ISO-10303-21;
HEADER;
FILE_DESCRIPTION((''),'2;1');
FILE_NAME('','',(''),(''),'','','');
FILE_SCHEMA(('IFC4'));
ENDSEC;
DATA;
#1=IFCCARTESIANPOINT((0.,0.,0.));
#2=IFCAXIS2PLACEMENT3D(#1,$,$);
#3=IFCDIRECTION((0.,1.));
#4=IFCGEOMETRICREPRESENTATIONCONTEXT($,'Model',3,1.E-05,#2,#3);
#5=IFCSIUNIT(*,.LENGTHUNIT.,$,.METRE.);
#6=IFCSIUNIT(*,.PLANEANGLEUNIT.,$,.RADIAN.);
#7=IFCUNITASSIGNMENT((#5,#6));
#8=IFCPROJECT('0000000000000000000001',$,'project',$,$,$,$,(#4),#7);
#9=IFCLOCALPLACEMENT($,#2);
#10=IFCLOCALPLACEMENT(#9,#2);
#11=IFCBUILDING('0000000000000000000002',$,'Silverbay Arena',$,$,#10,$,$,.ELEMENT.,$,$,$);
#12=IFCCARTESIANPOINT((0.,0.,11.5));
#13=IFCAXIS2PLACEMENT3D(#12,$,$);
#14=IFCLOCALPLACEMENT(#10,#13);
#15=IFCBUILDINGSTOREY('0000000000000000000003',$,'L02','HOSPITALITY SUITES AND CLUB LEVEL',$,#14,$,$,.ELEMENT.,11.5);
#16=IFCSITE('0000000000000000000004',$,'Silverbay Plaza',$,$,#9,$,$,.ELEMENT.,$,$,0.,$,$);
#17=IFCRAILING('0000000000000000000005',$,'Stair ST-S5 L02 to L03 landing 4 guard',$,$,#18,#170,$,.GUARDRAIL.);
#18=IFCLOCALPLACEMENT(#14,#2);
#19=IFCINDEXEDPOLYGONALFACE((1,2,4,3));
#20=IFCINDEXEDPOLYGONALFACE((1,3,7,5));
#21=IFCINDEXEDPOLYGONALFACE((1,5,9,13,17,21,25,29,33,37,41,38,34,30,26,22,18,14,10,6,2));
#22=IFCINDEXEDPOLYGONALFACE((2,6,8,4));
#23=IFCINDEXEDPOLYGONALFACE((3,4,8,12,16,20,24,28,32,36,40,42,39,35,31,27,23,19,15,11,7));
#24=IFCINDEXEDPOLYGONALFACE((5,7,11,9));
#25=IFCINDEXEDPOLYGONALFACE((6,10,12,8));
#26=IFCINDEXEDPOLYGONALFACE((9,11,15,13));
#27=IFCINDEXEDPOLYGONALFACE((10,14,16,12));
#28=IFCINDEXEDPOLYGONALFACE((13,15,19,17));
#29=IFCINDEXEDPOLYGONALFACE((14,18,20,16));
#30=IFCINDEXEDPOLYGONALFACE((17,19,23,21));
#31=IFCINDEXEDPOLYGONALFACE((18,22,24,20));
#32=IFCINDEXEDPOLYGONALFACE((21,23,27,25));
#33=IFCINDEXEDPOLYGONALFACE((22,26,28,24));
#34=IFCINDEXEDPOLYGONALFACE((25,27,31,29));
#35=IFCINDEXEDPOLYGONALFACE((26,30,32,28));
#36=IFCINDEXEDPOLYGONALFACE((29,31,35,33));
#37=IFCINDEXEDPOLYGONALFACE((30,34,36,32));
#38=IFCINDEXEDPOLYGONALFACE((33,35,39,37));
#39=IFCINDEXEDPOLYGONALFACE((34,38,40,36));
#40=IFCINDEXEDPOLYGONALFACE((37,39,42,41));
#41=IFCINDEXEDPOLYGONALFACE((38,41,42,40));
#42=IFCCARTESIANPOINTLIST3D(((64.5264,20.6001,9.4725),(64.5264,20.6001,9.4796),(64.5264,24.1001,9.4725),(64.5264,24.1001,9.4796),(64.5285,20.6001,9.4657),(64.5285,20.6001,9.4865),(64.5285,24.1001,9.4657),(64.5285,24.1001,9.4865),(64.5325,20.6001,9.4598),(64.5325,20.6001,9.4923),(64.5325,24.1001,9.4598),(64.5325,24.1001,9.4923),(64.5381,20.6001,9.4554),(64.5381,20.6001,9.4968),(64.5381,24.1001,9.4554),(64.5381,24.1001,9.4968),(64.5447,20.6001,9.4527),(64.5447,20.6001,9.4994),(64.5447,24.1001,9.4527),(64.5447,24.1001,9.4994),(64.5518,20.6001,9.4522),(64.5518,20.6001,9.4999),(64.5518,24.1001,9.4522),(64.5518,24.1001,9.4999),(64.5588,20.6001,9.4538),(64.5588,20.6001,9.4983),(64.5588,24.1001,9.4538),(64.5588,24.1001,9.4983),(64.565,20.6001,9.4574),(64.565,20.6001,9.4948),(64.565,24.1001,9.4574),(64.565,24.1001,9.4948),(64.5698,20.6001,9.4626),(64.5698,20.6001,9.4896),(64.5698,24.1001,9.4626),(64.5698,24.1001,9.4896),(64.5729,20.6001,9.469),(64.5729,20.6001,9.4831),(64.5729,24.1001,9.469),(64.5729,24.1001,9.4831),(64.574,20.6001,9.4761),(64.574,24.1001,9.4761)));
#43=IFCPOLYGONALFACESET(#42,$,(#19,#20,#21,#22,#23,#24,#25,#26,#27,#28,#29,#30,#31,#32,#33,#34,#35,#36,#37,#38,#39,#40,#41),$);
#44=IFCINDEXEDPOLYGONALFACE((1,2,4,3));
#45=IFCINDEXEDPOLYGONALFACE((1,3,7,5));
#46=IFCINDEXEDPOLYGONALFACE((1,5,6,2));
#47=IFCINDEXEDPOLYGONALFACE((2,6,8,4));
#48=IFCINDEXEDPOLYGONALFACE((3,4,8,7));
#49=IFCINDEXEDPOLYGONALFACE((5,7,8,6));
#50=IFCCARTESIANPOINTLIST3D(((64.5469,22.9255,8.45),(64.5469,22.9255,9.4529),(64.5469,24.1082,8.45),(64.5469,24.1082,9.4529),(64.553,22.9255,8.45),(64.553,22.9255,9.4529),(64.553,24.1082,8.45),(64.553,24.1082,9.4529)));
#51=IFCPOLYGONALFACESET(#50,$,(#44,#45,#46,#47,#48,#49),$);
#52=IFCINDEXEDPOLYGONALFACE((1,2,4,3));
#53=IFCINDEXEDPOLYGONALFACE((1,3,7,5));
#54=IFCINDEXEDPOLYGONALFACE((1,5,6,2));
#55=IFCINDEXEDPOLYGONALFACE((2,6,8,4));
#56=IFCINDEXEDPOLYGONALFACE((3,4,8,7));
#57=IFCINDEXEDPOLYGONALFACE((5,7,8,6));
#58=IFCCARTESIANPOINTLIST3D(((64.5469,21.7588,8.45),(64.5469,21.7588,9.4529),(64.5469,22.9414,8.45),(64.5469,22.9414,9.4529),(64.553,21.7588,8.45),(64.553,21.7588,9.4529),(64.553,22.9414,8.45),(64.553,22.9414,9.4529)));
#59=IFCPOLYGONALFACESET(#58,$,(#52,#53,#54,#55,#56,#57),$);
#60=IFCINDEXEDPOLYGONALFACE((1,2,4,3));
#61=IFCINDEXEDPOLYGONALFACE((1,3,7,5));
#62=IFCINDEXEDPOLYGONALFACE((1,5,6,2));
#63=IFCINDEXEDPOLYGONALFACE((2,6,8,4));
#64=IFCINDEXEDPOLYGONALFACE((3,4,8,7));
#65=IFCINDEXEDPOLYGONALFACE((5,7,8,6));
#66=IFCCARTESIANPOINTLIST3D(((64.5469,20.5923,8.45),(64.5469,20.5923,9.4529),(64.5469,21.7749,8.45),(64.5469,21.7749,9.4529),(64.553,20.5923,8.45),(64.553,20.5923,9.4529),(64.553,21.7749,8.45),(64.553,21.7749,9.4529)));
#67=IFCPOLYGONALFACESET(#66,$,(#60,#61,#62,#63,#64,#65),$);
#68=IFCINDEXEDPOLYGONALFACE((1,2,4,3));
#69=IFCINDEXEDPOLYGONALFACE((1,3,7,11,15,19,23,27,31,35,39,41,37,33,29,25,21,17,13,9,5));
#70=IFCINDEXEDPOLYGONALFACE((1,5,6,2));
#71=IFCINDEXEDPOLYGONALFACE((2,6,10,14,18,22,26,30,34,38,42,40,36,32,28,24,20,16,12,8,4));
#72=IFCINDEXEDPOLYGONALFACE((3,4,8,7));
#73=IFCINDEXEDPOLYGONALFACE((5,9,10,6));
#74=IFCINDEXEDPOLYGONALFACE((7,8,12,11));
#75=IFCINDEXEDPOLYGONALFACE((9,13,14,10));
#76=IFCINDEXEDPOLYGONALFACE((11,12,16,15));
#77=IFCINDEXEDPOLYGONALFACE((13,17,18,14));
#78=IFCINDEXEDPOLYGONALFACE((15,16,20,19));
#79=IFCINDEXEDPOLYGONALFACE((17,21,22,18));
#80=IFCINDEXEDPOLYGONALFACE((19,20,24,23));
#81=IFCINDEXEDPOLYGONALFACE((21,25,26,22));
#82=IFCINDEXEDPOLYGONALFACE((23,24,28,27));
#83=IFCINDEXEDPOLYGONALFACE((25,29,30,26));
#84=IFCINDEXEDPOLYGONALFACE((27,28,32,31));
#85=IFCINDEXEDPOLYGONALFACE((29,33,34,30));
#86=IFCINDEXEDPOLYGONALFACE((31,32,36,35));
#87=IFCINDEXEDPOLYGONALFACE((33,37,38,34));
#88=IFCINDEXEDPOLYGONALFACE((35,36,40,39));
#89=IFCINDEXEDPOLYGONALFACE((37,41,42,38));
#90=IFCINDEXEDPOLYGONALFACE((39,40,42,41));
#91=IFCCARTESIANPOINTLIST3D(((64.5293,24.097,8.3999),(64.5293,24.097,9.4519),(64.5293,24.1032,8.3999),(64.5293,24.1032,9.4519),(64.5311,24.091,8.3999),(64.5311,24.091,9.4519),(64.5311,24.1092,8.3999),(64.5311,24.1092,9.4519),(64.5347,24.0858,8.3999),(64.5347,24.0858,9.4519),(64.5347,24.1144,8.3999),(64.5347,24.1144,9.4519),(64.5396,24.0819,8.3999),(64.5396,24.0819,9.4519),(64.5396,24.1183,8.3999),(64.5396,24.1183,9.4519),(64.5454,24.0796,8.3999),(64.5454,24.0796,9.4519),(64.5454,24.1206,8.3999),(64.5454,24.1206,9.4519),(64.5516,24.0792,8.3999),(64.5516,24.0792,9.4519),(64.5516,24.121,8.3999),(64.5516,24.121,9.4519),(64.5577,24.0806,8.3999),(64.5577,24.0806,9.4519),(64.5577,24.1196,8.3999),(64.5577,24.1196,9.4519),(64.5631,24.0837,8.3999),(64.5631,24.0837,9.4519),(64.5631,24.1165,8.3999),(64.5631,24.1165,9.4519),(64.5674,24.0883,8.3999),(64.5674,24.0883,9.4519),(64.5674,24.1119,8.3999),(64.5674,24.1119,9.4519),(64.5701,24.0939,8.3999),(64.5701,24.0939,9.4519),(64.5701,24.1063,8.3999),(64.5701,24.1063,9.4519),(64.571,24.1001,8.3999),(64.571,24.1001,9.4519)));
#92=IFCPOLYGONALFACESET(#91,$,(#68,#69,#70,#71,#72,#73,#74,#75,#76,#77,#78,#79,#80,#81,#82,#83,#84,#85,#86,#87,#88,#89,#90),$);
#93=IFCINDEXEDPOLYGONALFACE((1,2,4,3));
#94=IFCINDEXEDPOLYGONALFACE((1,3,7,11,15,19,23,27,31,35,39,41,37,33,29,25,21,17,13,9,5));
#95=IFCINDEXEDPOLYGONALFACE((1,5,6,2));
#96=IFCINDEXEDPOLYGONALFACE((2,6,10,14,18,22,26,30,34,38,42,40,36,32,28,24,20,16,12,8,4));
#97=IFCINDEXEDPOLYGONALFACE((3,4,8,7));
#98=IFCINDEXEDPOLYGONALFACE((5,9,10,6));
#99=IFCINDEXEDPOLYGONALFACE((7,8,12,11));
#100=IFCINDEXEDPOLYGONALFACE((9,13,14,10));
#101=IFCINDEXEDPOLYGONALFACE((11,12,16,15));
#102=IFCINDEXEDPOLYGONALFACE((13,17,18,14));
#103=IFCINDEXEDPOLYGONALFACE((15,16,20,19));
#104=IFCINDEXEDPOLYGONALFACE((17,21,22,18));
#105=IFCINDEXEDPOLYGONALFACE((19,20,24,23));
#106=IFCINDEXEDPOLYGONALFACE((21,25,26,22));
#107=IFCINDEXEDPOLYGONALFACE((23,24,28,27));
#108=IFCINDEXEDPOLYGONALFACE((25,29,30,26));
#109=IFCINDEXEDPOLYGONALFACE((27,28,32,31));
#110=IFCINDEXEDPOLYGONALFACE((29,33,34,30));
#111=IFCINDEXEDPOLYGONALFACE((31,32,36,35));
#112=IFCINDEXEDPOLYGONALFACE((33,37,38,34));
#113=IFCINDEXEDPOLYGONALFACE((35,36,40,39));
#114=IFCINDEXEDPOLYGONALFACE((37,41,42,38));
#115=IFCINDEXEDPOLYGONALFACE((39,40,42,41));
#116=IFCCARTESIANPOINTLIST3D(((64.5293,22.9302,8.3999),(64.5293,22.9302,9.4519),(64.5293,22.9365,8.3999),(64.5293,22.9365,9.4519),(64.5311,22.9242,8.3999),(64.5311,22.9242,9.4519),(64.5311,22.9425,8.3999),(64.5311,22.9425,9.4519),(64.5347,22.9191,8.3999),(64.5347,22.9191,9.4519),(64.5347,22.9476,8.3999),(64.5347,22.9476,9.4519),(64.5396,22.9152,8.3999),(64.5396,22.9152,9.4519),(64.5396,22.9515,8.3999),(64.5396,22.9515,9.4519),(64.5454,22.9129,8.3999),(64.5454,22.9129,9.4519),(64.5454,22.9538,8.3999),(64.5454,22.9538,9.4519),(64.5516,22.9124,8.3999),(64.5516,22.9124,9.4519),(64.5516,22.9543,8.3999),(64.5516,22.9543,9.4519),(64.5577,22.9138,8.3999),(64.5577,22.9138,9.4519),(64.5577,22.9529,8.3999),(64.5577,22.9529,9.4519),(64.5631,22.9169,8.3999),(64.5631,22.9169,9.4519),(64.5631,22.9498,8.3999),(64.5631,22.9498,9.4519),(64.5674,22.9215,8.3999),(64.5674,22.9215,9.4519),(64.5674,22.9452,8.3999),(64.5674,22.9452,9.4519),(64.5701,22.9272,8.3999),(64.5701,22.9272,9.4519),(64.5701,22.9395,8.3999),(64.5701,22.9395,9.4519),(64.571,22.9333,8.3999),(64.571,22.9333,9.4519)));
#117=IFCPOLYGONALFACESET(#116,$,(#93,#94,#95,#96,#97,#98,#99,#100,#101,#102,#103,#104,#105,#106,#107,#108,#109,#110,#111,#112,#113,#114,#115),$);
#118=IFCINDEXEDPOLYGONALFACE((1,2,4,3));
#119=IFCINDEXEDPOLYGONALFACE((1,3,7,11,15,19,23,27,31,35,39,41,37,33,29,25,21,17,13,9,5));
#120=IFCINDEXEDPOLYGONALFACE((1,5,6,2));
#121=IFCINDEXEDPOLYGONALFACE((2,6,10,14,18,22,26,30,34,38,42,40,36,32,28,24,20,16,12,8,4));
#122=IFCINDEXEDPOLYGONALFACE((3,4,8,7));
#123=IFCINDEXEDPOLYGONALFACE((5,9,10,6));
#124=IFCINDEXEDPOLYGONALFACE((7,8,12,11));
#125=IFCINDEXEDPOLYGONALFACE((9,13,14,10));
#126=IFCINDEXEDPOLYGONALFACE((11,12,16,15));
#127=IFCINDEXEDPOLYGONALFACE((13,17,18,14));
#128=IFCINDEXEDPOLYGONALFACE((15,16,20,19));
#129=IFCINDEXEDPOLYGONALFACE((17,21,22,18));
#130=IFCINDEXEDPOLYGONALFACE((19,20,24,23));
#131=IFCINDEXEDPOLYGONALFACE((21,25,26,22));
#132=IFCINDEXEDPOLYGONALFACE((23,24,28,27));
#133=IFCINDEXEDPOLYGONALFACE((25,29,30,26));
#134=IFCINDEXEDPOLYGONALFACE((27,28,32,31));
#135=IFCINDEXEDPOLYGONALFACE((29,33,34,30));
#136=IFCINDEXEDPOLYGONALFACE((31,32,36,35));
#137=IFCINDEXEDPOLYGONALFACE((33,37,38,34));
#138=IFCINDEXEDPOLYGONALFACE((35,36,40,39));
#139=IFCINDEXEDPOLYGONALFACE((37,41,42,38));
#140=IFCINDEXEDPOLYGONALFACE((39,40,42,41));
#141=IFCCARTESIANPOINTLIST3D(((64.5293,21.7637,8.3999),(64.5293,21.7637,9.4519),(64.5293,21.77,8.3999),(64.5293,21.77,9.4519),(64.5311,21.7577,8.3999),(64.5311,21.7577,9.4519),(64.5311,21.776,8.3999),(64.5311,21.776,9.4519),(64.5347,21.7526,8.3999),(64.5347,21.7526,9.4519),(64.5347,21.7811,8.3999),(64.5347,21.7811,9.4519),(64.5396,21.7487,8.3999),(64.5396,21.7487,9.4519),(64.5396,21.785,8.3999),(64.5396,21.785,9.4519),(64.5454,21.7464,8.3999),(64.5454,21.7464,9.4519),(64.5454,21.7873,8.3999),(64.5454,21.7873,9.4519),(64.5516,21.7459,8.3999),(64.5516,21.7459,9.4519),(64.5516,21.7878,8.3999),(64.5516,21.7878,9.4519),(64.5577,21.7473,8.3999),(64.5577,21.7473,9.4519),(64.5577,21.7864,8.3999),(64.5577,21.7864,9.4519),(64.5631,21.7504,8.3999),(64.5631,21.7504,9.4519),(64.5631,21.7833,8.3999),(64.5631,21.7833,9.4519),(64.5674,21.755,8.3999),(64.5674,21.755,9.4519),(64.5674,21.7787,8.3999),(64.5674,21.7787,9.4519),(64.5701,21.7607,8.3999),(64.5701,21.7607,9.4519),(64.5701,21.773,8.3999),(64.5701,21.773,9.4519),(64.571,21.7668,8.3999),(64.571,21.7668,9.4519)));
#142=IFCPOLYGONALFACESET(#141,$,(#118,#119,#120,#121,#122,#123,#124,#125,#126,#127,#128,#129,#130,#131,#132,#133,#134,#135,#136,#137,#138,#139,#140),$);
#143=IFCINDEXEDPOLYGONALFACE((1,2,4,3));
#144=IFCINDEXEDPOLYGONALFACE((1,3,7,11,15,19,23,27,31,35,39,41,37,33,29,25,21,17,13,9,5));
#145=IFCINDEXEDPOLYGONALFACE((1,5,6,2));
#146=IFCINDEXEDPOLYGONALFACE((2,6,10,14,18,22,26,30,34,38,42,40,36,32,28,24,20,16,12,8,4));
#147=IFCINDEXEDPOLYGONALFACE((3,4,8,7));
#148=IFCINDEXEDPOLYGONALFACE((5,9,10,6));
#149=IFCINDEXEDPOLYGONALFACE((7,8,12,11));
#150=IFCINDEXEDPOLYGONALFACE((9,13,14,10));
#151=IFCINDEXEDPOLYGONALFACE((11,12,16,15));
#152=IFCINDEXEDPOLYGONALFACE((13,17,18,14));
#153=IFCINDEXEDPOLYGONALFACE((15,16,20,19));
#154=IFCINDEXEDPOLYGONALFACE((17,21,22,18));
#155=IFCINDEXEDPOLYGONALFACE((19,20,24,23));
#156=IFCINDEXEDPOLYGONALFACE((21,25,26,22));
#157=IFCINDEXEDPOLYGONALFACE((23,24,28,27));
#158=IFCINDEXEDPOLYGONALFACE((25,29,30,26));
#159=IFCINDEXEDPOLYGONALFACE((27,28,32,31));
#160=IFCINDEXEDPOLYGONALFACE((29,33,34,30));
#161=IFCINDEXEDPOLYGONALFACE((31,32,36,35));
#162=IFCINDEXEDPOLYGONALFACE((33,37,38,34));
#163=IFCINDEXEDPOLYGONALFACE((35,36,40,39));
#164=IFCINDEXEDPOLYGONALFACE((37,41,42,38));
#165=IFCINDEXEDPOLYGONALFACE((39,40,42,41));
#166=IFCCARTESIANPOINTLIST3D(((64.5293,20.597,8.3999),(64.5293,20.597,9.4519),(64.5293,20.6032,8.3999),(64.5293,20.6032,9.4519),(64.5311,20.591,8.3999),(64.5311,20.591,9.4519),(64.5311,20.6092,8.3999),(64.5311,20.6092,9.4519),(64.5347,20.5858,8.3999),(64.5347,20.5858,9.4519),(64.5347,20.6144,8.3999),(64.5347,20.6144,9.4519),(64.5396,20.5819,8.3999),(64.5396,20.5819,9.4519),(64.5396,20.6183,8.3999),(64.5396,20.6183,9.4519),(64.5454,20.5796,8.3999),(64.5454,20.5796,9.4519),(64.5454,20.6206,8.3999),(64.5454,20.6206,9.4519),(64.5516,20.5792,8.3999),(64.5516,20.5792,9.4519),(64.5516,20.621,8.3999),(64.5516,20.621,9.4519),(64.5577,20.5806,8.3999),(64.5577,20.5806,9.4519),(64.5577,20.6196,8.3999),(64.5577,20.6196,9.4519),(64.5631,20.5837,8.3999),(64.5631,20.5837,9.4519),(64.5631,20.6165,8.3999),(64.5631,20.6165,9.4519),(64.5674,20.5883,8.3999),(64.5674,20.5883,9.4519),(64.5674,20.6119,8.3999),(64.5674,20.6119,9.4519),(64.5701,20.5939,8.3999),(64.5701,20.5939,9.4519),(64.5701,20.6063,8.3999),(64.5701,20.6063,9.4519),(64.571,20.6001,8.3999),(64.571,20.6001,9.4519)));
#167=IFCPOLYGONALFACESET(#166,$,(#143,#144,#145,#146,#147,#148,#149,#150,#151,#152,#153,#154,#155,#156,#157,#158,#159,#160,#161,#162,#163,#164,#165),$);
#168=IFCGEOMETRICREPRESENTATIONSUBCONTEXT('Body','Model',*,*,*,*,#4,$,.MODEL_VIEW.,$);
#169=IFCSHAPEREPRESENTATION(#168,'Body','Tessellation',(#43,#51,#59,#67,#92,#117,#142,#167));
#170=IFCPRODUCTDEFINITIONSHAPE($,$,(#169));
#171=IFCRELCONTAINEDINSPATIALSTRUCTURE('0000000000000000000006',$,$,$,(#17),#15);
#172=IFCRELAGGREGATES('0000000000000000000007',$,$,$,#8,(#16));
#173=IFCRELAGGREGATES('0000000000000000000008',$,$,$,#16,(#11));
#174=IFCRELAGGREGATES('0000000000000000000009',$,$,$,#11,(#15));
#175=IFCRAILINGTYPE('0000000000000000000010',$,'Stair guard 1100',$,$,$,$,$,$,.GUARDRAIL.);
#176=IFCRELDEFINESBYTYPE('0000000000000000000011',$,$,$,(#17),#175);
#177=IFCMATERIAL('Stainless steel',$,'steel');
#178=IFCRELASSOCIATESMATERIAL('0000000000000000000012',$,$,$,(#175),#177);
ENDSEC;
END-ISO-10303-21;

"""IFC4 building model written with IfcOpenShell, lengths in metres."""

from ifc_helpers import new_model, si_unit, direction, frame, origin, origin_2d, place, context, subcontext, project, spatial, polyline, circle, outline, extrude, material, type_object, element, save


model = new_model("IFC4")

# Units and contexts
model_context = context("Model", 3, precision=1e-05, world=origin(), true_north=direction((0.0, 1.0)))
body_context = subcontext(model_context, "Body", "Model", "MODEL_VIEW")
ifc_project = project(units=[si_unit("LENGTHUNIT", "METRE"), si_unit("PLANEANGLEUNIT", "RADIAN")], contexts=[model_context])

# Site, building, storey
site_placement = place(None, origin())
site = spatial("IfcSite", under=ifc_project, at=site_placement, Name="Silverbay Plaza", CompositionType="ELEMENT", RefElevation=0.0)
building_placement = place(site_placement, origin())
building = spatial("IfcBuilding", under=site, at=building_placement, Name="Silverbay Arena", CompositionType="ELEMENT")
storey_placement = place(building_placement, frame((0.0, 0.0, 11.5)))
storey = spatial("IfcBuildingStorey", under=building, at=storey_placement, Name="L02", Description="HOSPITALITY SUITES AND CLUB LEVEL", CompositionType="ELEMENT", Elevation=11.5)

# Railing
ifc_material_1 = material(Name="Stainless steel", Category="steel")
railing_type_1 = type_object("IfcRailingType", Name="Stair guard 1100", PredefinedType="GUARDRAIL", material=ifc_material_1)
for number, where, name in (
    (1, (64.55, 24.1001, 8.3999), "Stair ST-S5 L02 to L03 landing 4 guard"),
):
    element("IfcRailing", number, at=place(storey_placement, frame(where)), inside=storey, type_object=railing_type_1, Name=name, PredefinedType="GUARDRAIL", context=body_context, shape_type="SweptSolid", body=[
        extrude(circle(Radius=0.0239, at=origin_2d()), frame((0.0, 0.0, 1.0762), z_axis=(0.0, -1.0, 0.0), x_axis=(1.0, 0.0, 0.0)), (0.0, 0.0, 1.0), 3.5),
        extrude(outline(polyline([(-0.0081, 0.05), (1.1746, 0.05), (1.1746, 1.053), (-0.0081, 1.053), (-0.0081, 0.05)])), frame((0.0029, 0.0, 0.0), z_axis=(-1.0, 0.0, 0.0), x_axis=(0.0, -1.0, 0.0)), (0.0, 0.0, 1.0), 0.0061),
        extrude(outline(polyline([(-0.0081, 0.05), (1.1746, 0.05), (1.1746, 1.053), (-0.0081, 1.053), (-0.0081, 0.05)])), frame((0.0029, -1.1667, 0.0), z_axis=(-1.0, 0.0, 0.0), x_axis=(0.0, -1.0, 0.0)), (0.0, 0.0, 1.0), 0.0061),
        extrude(outline(polyline([(-0.0081, 0.05), (1.1746, 0.05), (1.1746, 1.053), (-0.0081, 1.053), (-0.0081, 0.05)])), frame((0.0029, -2.3333, 0.0), z_axis=(-1.0, 0.0, 0.0), x_axis=(0.0, -1.0, 0.0)), (0.0, 0.0, 1.0), 0.0061),
        extrude(circle(Radius=0.021, at=origin_2d()), origin(), (0.0, 0.0, 1.0), 1.052),
        extrude(circle(Radius=0.021, at=origin_2d()), frame((0.0, -1.1667, 0.0)), (0.0, 0.0, 1.0), 1.052),
        extrude(circle(Radius=0.021, at=origin_2d()), frame((0.0, -2.3333, 0.0)), (0.0, 0.0, 1.0), 1.052),
        extrude(circle(Radius=0.021, at=origin_2d()), frame((0.0, -3.5, 0.0)), (0.0, 0.0, 1.0), 1.052),
    ])

save(model, "model.ifc")
